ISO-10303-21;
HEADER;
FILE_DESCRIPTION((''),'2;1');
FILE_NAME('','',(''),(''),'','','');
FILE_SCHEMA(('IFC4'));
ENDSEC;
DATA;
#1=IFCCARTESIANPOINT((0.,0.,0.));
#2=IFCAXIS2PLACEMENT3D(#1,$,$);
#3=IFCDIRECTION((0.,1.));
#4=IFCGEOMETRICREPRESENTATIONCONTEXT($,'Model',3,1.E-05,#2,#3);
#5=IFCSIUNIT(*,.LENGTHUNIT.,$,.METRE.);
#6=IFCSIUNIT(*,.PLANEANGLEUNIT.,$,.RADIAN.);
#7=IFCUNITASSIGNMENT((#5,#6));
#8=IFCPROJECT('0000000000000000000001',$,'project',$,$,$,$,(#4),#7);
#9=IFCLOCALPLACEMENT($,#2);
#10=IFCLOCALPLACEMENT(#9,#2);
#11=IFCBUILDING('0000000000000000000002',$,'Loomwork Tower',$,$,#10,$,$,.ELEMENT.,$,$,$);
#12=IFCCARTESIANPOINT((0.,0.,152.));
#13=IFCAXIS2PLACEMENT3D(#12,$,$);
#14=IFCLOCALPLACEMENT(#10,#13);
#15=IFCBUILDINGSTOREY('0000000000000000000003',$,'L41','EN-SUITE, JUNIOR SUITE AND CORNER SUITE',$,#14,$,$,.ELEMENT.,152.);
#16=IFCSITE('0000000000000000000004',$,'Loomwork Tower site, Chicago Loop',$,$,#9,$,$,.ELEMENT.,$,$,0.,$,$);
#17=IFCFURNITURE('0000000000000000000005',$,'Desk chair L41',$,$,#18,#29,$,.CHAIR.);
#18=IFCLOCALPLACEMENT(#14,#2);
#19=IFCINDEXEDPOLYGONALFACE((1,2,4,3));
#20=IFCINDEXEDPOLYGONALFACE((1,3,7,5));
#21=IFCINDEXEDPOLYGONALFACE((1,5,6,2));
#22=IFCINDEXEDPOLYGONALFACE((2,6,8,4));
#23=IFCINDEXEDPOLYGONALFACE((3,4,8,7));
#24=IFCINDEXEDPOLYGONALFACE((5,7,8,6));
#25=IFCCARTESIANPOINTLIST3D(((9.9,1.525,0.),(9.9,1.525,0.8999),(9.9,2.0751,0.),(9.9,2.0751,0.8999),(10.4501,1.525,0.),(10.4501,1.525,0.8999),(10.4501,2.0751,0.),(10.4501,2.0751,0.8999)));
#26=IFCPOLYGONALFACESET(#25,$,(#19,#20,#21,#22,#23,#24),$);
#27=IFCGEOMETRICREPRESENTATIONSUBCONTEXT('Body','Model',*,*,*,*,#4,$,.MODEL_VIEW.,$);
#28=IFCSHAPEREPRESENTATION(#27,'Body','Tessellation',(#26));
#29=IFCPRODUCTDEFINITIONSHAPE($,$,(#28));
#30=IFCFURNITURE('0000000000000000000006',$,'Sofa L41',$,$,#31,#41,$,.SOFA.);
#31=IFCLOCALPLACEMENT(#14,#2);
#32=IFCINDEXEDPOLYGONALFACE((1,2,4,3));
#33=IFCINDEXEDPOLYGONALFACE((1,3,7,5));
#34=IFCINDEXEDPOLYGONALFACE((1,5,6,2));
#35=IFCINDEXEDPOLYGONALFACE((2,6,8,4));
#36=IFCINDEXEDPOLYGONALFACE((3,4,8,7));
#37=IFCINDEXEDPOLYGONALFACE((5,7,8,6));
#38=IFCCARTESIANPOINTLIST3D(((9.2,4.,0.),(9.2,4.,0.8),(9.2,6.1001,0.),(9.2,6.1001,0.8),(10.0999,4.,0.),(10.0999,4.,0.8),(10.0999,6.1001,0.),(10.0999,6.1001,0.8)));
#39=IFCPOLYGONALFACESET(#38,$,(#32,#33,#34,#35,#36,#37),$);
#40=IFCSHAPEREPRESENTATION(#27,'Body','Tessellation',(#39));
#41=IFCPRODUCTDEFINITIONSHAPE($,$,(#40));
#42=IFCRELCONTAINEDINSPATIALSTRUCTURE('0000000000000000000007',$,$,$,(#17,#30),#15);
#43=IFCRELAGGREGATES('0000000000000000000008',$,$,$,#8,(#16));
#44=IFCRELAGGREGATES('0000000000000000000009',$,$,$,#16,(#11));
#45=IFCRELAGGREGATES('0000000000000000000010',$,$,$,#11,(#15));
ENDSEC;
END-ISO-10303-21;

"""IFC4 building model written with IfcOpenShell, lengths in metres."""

from ifc_helpers import new_model, si_unit, direction, frame, origin, origin_2d, place, context, subcontext, project, spatial, rectangle, extrude, element, save


model = new_model("IFC4")

# Units and contexts
model_context = context("Model", 3, precision=1e-05, world=origin(), true_north=direction((0.0, 1.0)))
body_context = subcontext(model_context, "Body", "Model", "MODEL_VIEW")
ifc_project = project(units=[si_unit("LENGTHUNIT", "METRE"), si_unit("PLANEANGLEUNIT", "RADIAN")], contexts=[model_context])

# Site, building, storey
site_placement = place(None, origin())
site = spatial("IfcSite", under=ifc_project, at=site_placement, Name="Loomwork Tower site, Chicago Loop", CompositionType="ELEMENT", RefElevation=0.0)
building_placement = place(site_placement, origin())
building = spatial("IfcBuilding", under=site, at=building_placement, Name="Loomwork Tower", CompositionType="ELEMENT")
storey_placement = place(building_placement, frame((0.0, 0.0, 152.0)))
storey = spatial("IfcBuildingStorey", under=building, at=storey_placement, Name="L41", Description="EN-SUITE, JUNIOR SUITE AND CORNER SUITE", CompositionType="ELEMENT", Elevation=152.0)

# Furniture
furniture_1_placement = place(storey_placement, frame((10.175, 1.8, 0.0), z_axis=(0.0, 0.0, 1.0), x_axis=(1.0, 0.0, 0.0)))
element("IfcFurniture", 1, at=furniture_1_placement, inside=storey, Name="Desk chair L41", PredefinedType="CHAIR", context=body_context, shape_type="SweptSolid", body=[
    extrude(rectangle(XDim=0.55, YDim=0.55, at=origin_2d()), origin(), (0.0, 0.0, 1.0), 0.8999),
])
furniture_2_placement = place(storey_placement, frame((9.6499, 5.05, 0.0), z_axis=(0.0, 0.0, 1.0), x_axis=(1.0, 0.0, 0.0)))
element("IfcFurniture", 2, at=furniture_2_placement, inside=storey, Name="Sofa L41", PredefinedType="SOFA", context=body_context, shape_type="SweptSolid", body=[
    extrude(rectangle(XDim=0.8999, YDim=2.1001, at=origin_2d()), origin(), (0.0, 0.0, 1.0), 0.8),
])

save(model, "model.ifc")
